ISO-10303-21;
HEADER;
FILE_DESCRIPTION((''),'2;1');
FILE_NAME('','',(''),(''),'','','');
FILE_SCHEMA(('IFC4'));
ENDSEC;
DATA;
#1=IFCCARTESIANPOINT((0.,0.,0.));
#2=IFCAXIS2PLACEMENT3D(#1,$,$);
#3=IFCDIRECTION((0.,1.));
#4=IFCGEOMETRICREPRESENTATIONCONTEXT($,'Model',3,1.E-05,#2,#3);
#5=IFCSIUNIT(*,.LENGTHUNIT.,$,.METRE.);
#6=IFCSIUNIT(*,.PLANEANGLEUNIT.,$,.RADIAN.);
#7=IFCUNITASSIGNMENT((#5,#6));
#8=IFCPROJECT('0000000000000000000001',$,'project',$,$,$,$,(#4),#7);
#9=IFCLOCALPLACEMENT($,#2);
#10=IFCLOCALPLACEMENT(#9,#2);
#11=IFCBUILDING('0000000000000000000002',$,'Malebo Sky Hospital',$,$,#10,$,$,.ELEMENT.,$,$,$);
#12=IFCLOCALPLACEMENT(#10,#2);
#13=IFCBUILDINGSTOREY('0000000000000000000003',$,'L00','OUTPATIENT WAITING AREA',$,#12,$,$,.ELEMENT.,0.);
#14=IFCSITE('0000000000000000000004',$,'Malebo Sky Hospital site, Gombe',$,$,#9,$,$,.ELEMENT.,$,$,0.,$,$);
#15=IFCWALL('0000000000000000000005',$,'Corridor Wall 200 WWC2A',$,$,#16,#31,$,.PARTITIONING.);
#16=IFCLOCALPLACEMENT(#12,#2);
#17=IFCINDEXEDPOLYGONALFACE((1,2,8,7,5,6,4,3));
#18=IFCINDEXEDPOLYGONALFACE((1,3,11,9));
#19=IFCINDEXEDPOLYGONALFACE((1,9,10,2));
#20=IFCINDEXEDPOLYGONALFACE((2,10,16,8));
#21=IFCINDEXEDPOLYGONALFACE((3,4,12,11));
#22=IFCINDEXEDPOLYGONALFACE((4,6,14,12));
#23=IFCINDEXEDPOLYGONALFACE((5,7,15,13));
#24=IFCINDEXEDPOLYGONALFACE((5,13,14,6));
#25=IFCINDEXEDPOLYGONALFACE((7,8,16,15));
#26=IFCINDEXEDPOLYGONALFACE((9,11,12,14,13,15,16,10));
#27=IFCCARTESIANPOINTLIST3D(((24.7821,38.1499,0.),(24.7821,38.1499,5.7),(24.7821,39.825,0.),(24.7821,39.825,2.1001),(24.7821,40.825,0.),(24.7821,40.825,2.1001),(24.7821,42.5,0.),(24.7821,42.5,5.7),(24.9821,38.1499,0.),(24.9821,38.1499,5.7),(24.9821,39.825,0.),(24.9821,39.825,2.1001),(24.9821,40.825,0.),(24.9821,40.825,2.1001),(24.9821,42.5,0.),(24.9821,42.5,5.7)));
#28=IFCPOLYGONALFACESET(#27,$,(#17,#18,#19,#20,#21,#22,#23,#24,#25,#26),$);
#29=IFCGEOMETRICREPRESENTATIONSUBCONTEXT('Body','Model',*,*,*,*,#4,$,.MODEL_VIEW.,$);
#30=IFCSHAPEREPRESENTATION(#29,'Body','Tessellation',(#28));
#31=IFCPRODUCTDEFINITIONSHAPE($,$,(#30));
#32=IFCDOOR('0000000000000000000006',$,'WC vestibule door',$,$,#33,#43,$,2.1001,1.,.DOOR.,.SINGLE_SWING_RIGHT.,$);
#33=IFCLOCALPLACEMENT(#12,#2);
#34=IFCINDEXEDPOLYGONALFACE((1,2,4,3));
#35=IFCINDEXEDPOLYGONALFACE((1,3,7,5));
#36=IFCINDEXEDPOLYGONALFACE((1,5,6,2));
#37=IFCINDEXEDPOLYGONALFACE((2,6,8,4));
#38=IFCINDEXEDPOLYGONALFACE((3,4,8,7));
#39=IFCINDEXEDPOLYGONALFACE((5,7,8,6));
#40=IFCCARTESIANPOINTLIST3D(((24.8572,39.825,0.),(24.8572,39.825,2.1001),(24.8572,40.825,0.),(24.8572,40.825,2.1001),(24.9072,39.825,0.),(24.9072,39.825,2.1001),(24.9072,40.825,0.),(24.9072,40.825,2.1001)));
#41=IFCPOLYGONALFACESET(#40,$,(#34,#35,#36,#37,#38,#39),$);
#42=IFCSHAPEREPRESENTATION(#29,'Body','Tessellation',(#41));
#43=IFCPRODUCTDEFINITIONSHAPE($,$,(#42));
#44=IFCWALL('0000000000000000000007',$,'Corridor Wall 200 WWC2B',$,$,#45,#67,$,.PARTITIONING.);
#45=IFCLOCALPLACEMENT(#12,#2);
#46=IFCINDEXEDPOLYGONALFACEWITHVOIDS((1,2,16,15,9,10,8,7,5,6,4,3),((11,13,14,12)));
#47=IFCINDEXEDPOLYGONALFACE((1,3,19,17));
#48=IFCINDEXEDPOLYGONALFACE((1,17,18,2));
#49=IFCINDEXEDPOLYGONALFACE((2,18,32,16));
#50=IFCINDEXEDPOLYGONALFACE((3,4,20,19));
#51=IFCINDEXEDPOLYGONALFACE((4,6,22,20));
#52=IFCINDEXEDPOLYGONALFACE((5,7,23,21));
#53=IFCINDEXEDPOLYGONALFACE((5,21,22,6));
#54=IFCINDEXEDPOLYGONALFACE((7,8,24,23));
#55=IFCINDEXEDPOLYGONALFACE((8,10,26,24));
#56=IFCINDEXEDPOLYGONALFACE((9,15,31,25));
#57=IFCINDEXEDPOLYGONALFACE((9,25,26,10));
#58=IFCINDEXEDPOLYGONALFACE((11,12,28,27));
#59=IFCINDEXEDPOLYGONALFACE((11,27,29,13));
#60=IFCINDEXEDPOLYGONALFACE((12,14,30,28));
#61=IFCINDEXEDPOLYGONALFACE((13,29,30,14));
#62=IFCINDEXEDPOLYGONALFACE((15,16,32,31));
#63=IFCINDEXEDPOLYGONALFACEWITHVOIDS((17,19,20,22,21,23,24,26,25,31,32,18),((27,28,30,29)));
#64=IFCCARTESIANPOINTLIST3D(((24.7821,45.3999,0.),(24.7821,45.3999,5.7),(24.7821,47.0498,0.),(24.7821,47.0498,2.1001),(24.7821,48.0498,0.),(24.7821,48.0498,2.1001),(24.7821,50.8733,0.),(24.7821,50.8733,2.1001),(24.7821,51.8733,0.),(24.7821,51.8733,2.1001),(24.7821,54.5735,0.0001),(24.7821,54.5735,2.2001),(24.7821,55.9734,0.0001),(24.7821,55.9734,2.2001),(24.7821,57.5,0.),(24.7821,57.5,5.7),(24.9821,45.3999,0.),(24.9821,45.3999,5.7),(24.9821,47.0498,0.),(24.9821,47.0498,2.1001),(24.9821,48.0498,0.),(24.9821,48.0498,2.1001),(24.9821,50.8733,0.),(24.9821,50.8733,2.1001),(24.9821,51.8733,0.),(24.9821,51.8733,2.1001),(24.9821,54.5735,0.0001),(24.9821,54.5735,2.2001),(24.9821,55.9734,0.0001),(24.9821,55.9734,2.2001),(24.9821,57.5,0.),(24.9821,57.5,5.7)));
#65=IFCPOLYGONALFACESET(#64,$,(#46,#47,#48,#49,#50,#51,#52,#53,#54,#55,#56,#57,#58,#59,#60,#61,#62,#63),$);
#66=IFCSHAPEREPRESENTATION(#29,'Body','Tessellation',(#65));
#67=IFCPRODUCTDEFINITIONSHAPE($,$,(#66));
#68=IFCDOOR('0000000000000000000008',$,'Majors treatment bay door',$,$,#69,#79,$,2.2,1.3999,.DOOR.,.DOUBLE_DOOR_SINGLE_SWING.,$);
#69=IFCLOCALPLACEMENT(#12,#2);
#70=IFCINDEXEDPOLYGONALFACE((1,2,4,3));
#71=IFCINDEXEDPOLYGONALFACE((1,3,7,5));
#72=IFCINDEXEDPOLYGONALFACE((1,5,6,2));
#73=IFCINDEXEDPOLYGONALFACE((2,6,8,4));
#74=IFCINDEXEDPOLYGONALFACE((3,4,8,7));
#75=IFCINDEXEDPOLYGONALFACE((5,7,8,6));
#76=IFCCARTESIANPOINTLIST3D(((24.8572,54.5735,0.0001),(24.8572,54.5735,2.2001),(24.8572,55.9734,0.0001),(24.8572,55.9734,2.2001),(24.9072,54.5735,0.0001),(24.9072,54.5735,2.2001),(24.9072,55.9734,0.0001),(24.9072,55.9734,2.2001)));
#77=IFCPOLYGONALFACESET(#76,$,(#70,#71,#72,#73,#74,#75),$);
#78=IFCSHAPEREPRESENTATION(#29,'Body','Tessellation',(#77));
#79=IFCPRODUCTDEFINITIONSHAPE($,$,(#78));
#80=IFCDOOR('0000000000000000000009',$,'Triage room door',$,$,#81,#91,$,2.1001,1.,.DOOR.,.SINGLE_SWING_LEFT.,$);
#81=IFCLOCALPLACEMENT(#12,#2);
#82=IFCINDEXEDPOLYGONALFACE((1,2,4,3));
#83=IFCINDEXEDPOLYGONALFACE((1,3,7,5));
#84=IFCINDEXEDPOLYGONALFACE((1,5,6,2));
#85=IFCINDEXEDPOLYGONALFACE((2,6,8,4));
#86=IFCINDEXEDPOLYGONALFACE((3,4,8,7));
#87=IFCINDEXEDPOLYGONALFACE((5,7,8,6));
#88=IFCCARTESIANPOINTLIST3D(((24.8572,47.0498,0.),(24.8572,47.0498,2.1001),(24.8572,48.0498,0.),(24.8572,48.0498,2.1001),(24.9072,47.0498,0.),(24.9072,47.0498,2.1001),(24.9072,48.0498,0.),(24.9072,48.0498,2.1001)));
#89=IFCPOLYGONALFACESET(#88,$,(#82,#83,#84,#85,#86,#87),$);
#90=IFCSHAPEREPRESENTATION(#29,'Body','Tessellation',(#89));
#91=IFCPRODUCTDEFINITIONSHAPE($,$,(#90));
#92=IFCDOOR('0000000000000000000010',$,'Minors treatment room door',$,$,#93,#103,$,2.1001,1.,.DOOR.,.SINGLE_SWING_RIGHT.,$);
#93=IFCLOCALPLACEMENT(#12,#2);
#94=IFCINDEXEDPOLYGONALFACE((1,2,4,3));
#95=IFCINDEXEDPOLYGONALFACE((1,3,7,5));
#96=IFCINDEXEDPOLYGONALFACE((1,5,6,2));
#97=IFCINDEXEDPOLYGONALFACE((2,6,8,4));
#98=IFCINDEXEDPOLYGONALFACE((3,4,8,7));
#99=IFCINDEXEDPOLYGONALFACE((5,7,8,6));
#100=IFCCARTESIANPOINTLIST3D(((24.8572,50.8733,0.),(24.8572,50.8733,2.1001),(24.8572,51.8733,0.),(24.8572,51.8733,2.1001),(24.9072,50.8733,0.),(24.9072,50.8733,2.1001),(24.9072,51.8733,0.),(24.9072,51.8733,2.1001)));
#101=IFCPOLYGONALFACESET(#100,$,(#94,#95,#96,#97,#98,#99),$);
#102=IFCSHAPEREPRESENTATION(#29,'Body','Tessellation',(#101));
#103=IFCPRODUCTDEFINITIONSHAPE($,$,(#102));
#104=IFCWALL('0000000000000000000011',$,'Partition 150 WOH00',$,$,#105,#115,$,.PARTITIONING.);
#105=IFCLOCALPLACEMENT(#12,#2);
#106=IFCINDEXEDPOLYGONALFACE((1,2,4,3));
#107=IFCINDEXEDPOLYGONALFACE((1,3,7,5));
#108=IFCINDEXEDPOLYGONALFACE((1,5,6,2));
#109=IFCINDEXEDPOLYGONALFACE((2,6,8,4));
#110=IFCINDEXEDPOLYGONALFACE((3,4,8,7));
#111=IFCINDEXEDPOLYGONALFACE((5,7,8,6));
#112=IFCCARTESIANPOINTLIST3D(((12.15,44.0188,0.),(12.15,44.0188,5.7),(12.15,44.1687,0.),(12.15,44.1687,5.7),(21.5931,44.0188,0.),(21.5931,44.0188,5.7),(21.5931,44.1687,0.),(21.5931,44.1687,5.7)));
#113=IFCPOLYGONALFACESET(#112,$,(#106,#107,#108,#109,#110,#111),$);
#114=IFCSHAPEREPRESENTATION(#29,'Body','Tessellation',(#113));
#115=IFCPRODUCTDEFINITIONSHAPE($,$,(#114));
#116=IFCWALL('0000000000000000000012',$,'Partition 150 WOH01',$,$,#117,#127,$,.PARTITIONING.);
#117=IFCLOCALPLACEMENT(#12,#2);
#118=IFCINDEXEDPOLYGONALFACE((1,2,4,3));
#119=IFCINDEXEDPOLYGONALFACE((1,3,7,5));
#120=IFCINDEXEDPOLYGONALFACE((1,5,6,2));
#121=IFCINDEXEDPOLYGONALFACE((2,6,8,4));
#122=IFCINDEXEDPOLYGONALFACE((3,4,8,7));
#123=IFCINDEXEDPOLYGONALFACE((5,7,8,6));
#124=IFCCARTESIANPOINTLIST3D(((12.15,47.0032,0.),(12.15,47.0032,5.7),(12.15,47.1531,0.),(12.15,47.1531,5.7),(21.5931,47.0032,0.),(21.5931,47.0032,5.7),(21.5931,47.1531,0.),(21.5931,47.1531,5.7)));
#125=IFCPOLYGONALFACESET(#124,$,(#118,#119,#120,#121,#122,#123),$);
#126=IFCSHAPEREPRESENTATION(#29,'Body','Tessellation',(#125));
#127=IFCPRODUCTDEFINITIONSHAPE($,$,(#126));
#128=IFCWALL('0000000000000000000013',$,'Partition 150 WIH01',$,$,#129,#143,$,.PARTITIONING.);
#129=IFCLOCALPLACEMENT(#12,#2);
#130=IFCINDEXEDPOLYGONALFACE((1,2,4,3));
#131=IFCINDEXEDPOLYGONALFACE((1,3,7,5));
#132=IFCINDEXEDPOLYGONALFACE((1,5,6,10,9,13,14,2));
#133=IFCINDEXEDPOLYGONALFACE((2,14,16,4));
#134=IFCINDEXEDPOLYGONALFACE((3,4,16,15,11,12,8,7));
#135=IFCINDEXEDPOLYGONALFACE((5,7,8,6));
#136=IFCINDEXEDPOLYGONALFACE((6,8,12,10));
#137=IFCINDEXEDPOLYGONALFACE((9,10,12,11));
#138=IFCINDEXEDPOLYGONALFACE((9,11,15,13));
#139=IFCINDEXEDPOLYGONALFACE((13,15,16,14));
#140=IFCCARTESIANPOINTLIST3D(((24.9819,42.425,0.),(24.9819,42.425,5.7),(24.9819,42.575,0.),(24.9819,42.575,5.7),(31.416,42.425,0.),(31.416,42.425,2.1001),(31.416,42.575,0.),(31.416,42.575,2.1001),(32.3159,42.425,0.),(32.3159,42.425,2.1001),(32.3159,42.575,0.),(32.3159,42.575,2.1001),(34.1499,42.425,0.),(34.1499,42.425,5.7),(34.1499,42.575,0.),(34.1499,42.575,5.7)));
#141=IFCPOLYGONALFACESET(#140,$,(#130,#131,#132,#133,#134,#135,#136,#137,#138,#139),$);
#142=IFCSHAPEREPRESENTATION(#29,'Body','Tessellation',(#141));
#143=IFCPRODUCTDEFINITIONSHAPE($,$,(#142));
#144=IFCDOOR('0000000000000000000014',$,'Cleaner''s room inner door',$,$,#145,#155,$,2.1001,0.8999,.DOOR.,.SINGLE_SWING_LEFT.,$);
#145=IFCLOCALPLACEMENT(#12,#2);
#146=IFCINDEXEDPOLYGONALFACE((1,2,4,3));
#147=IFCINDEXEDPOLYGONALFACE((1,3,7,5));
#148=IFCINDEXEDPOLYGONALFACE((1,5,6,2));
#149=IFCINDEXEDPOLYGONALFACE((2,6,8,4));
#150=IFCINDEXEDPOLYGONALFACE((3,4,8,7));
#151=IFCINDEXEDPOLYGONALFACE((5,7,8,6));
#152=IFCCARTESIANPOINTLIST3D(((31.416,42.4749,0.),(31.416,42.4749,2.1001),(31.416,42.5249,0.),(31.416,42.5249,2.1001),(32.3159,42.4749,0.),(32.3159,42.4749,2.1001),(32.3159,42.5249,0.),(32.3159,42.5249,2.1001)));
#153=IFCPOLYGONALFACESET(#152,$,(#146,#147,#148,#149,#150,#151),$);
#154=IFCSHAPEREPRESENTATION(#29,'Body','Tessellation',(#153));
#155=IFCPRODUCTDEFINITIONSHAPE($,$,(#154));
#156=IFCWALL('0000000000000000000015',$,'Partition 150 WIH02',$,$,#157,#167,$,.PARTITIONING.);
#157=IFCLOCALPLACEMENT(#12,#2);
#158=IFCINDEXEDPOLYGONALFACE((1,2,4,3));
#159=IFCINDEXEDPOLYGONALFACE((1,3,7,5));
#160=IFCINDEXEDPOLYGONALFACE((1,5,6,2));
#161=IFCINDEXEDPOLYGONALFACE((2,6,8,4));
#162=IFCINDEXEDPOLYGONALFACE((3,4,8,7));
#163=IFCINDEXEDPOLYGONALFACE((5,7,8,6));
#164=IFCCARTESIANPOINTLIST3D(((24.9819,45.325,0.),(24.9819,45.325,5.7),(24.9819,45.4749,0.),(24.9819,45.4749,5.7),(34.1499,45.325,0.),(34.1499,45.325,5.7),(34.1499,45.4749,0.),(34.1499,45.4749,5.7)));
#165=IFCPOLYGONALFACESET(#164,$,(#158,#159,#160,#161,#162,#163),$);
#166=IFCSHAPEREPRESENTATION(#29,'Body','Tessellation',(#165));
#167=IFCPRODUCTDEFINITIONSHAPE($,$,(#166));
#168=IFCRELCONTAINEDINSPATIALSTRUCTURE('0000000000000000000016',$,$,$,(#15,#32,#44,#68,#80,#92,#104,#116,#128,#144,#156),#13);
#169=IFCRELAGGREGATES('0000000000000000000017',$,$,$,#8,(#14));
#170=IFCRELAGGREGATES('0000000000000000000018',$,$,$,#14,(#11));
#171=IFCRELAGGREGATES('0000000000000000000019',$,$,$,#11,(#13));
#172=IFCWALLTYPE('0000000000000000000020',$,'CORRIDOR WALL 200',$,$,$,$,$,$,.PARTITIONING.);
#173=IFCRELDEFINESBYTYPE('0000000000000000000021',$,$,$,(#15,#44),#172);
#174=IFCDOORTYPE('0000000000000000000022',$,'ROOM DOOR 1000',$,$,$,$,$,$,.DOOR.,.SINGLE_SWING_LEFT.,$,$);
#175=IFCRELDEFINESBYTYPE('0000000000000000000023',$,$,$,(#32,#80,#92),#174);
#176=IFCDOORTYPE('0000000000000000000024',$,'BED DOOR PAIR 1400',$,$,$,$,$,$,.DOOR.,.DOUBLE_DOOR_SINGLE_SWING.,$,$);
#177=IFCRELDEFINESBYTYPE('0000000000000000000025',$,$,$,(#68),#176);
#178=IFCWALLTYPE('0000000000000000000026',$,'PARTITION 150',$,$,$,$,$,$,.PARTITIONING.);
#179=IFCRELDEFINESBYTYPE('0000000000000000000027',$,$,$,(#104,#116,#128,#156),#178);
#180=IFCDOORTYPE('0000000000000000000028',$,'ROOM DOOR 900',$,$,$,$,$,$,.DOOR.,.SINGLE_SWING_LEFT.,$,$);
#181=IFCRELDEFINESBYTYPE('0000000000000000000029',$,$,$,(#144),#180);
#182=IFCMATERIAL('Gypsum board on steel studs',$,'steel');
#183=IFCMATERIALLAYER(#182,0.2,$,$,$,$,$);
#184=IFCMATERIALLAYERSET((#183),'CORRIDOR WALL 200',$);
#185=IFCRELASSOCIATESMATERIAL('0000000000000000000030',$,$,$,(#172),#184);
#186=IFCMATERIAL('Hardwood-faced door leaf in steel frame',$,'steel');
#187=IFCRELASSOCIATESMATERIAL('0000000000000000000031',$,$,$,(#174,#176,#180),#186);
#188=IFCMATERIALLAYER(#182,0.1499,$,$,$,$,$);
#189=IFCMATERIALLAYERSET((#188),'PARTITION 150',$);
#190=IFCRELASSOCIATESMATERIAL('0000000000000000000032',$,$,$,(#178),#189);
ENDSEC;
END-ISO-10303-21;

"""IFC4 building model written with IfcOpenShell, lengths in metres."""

from ifc_helpers import new_model, si_unit, direction, frame, frame_2d, origin, place, context, subcontext, project, spatial, rectangle, extrude, material, layer, layer_set, type_object, element, fill, save


model = new_model("IFC4")

# Units and contexts
model_context = context("Model", 3, precision=1e-05, world=origin(), true_north=direction((0.0, 1.0)))
body_context = subcontext(model_context, "Body", "Model", "MODEL_VIEW")
ifc_project = project(units=[si_unit("LENGTHUNIT", "METRE"), si_unit("PLANEANGLEUNIT", "RADIAN")], contexts=[model_context])

# Site, building, storey
site_placement = place(None, origin())
site = spatial("IfcSite", under=ifc_project, at=site_placement, Name="Malebo Sky Hospital site, Gombe", CompositionType="ELEMENT", RefElevation=0.0)
building_placement = place(site_placement, origin())
building = spatial("IfcBuilding", under=site, at=building_placement, Name="Malebo Sky Hospital", CompositionType="ELEMENT")
storey_placement = place(building_placement, origin())
storey = spatial("IfcBuildingStorey", under=building, at=storey_placement, Name="L00", Description="OUTPATIENT WAITING AREA", CompositionType="ELEMENT", Elevation=0.0)

# Wall, opening, door
ifc_material_1 = material(Name="Gypsum board on steel studs", Category="steel")
ifc_layer_1 = layer(ifc_material_1, 0.2)
ifc_layer_set_1 = layer_set([ifc_layer_1], Name="CORRIDOR WALL 200")
wall_type_1 = type_object("IfcWallType", Name="CORRIDOR WALL 200", PredefinedType="PARTITIONING", material=ifc_layer_set_1)
wall_1_placement = place(storey_placement, frame((24.8821, 38.1499, 0.0), z_axis=(0.0, 0.0, 1.0), x_axis=(0.0, 1.0, 0.0)))
wall_1 = element("IfcWall", 1, at=wall_1_placement, inside=storey, type_object=wall_type_1, Name="Corridor Wall 200 WWC2A", PredefinedType="PARTITIONING", context=body_context, shape_type="SweptSolid", body=[
    extrude(rectangle(XDim=4.3501, YDim=0.2, at=frame_2d((2.175, 0.0))), origin(), (0.0, 0.0, 1.0), 5.7),
])
opening_1_placement = place(wall_1_placement, frame((1.675, 0.0, 0.0)))
opening_1 = element("IfcOpeningElement", 2, at=opening_1_placement, cuts=wall_1, PredefinedType="OPENING", context=body_context, shape_type="SweptSolid", body=[
    extrude(rectangle(XDim=1.0, YDim=2.1001, at=frame_2d((0.5, 1.05))), frame((0.0, 0.1099, 0.0), z_axis=(0.0, -1.0, 0.0), x_axis=(1.0, 0.0, 0.0)), (0.0, 0.0, 1.0), 0.22),
])
ifc_material_2 = material(Name="Hardwood-faced door leaf in steel frame", Category="steel")
door_type_1 = type_object("IfcDoorType", Name="ROOM DOOR 1000", OperationType="SINGLE_SWING_LEFT", PredefinedType="DOOR", material=ifc_material_2)
door_1_placement = place(opening_1_placement, origin())
door_1 = element("IfcDoor", 3, at=door_1_placement, inside=storey, type_object=door_type_1, Name="WC vestibule door", OperationType="SINGLE_SWING_RIGHT", OverallHeight=2.1001, OverallWidth=1.0, PredefinedType="DOOR", context=body_context, shape_type="SweptSolid", body=[
    extrude(rectangle(XDim=1.0, YDim=2.1001, at=frame_2d((0.5, 1.05))), frame((0.0, 0.0249, 0.0), z_axis=(0.0, -1.0, 0.0), x_axis=(1.0, 0.0, 0.0)), (0.0, 0.0, 1.0), 0.05),
])
fill(opening_1, door_1)

# Wall, openings, doors
wall_2_placement = place(storey_placement, frame((24.8821, 45.3999, 0.0), z_axis=(0.0, 0.0, 1.0), x_axis=(0.0, 1.0, 0.0)))
wall_2 = element("IfcWall", 4, at=wall_2_placement, inside=storey, type_object=wall_type_1, Name="Corridor Wall 200 WWC2B", PredefinedType="PARTITIONING", context=body_context, shape_type="SweptSolid", body=[
    extrude(rectangle(XDim=12.1001, YDim=0.2, at=frame_2d((6.05, 0.0))), origin(), (0.0, 0.0, 1.0), 5.7),
])
opening_2_placement = place(wall_2_placement, frame((1.6499, 0.0, 0.0)))
opening_2 = element("IfcOpeningElement", 5, at=opening_2_placement, cuts=wall_2, PredefinedType="OPENING", context=body_context, shape_type="SweptSolid", body=[
    extrude(rectangle(XDim=1.0, YDim=2.1001, at=frame_2d((0.5, 1.05))), frame((0.0, 0.1099, 0.0), z_axis=(0.0, -1.0, 0.0), x_axis=(1.0, 0.0, 0.0)), (0.0, 0.0, 1.0), 0.22),
])
opening_3_placement = place(wall_2_placement, frame((5.4734, 0.0, 0.0)))
opening_3 = element("IfcOpeningElement", 6, at=opening_3_placement, cuts=wall_2, PredefinedType="OPENING", context=body_context, shape_type="SweptSolid", body=[
    extrude(rectangle(XDim=1.0, YDim=2.1001, at=frame_2d((0.5, 1.05))), frame((0.0, 0.1099, 0.0), z_axis=(0.0, -1.0, 0.0), x_axis=(1.0, 0.0, 0.0)), (0.0, 0.0, 1.0), 0.22),
])
opening_4_placement = place(wall_2_placement, frame((9.1736, 0.0, 0.0)))
opening_4 = element("IfcOpeningElement", 7, at=opening_4_placement, cuts=wall_2, PredefinedType="OPENING", context=body_context, shape_type="SweptSolid", body=[
    extrude(rectangle(XDim=1.3999, YDim=2.2, at=frame_2d((0.7, 1.1001))), frame((0.0, 0.1099, 0.0), z_axis=(0.0, -1.0, 0.0), x_axis=(1.0, 0.0, 0.0)), (0.0, 0.0, 1.0), 0.22),
])
door_type_2 = type_object("IfcDoorType", Name="BED DOOR PAIR 1400", OperationType="DOUBLE_DOOR_SINGLE_SWING", PredefinedType="DOOR", material=ifc_material_2)
door_2_placement = place(opening_4_placement, origin())
door_2 = element("IfcDoor", 8, at=door_2_placement, inside=storey, type_object=door_type_2, Name="Majors treatment bay door", OperationType="DOUBLE_DOOR_SINGLE_SWING", OverallHeight=2.2, OverallWidth=1.3999, PredefinedType="DOOR", context=body_context, shape_type="SweptSolid", body=[
    extrude(rectangle(XDim=1.3999, YDim=2.2, at=frame_2d((0.7, 1.1001))), frame((0.0, 0.0249, 0.0), z_axis=(0.0, -1.0, 0.0), x_axis=(1.0, 0.0, 0.0)), (0.0, 0.0, 1.0), 0.05),
])
fill(opening_4, door_2)
door_3_placement = place(opening_2_placement, origin())
door_3 = element("IfcDoor", 9, at=door_3_placement, inside=storey, type_object=door_type_1, Name="Triage room door", OperationType="SINGLE_SWING_LEFT", OverallHeight=2.1001, OverallWidth=1.0, PredefinedType="DOOR", context=body_context, shape_type="SweptSolid", body=[
    extrude(rectangle(XDim=1.0, YDim=2.1001, at=frame_2d((0.5, 1.05))), frame((0.0, 0.0249, 0.0), z_axis=(0.0, -1.0, 0.0), x_axis=(1.0, 0.0, 0.0)), (0.0, 0.0, 1.0), 0.05),
])
fill(opening_2, door_3)
door_4_placement = place(opening_3_placement, origin())
door_4 = element("IfcDoor", 10, at=door_4_placement, inside=storey, type_object=door_type_1, Name="Minors treatment room door", OperationType="SINGLE_SWING_RIGHT", OverallHeight=2.1001, OverallWidth=1.0, PredefinedType="DOOR", context=body_context, shape_type="SweptSolid", body=[
    extrude(rectangle(XDim=1.0, YDim=2.1001, at=frame_2d((0.5, 1.05))), frame((0.0, 0.0249, 0.0), z_axis=(0.0, -1.0, 0.0), x_axis=(1.0, 0.0, 0.0)), (0.0, 0.0, 1.0), 0.05),
])
fill(opening_3, door_4)

# Walls
ifc_layer_2 = layer(ifc_material_1, 0.1499)
ifc_layer_set_2 = layer_set([ifc_layer_2], Name="PARTITION 150")
wall_type_2 = type_object("IfcWallType", Name="PARTITION 150", PredefinedType="PARTITIONING", material=ifc_layer_set_2)
for number, where, z_axis, x_axis, name in (
    (11, (12.1499, 44.0938, 0.0), (0.0, 0.0, 1.0), (1.0, 0.0, 0.0), "Partition 150 WOH00"),
    (12, (12.1499, 47.0781, 0.0), (0.0, 0.0, 1.0), (1.0, 0.0, 0.0), "Partition 150 WOH01"),
):
    element("IfcWall", number, at=place(storey_placement, frame(where, z_axis=z_axis, x_axis=x_axis)), inside=storey, type_object=wall_type_2, Name=name, PredefinedType="PARTITIONING", context=body_context, shape_type="SweptSolid", body=[
        extrude(rectangle(XDim=9.4431, YDim=0.1499, at=frame_2d((4.7217, 0.0))), origin(), (0.0, 0.0, 1.0), 5.7),
    ])

# Wall, opening, door
wall_3_placement = place(storey_placement, frame((24.9819, 42.5, 0.0), z_axis=(0.0, 0.0, 1.0), x_axis=(1.0, 0.0, 0.0)))
wall_3 = element("IfcWall", 13, at=wall_3_placement, inside=storey, type_object=wall_type_2, Name="Partition 150 WIH01", PredefinedType="PARTITIONING", context=body_context, shape_type="SweptSolid", body=[
    extrude(rectangle(XDim=9.168, YDim=0.1499, at=frame_2d((4.584, 0.0))), origin(), (0.0, 0.0, 1.0), 5.7),
])
opening_5_placement = place(wall_3_placement, frame((6.4341, 0.0, 0.0)))
opening_5 = element("IfcOpeningElement", 14, at=opening_5_placement, cuts=wall_3, PredefinedType="OPENING", context=body_context, shape_type="SweptSolid", body=[
    extrude(rectangle(XDim=0.8999, YDim=2.1001, at=frame_2d((0.45, 1.05))), frame((0.0, 0.085, 0.0), z_axis=(0.0, -1.0, 0.0), x_axis=(1.0, 0.0, 0.0)), (0.0, 0.0, 1.0), 0.1699),
])
door_type_3 = type_object("IfcDoorType", Name="ROOM DOOR 900", OperationType="SINGLE_SWING_LEFT", PredefinedType="DOOR", material=ifc_material_2)
door_5_placement = place(opening_5_placement, origin())
door_5 = element("IfcDoor", 15, at=door_5_placement, inside=storey, type_object=door_type_3, Name="Cleaner's room inner door", OperationType="SINGLE_SWING_LEFT", OverallHeight=2.1001, OverallWidth=0.8999, PredefinedType="DOOR", context=body_context, shape_type="SweptSolid", body=[
    extrude(rectangle(XDim=0.8999, YDim=2.1001, at=frame_2d((0.45, 1.05))), frame((0.0, 0.0249, 0.0), z_axis=(0.0, -1.0, 0.0), x_axis=(1.0, 0.0, 0.0)), (0.0, 0.0, 1.0), 0.05),
])
fill(opening_5, door_5)

# Wall
wall_4_placement = place(storey_placement, frame((24.9819, 45.3999, 0.0), z_axis=(0.0, 0.0, 1.0), x_axis=(1.0, 0.0, 0.0)))
element("IfcWall", 16, at=wall_4_placement, inside=storey, type_object=wall_type_2, Name="Partition 150 WIH02", PredefinedType="PARTITIONING", context=body_context, shape_type="SweptSolid", body=[
    extrude(rectangle(XDim=9.168, YDim=0.1499, at=frame_2d((4.584, 0.0))), origin(), (0.0, 0.0, 1.0), 5.7),
])

save(model, "model.ifc")
